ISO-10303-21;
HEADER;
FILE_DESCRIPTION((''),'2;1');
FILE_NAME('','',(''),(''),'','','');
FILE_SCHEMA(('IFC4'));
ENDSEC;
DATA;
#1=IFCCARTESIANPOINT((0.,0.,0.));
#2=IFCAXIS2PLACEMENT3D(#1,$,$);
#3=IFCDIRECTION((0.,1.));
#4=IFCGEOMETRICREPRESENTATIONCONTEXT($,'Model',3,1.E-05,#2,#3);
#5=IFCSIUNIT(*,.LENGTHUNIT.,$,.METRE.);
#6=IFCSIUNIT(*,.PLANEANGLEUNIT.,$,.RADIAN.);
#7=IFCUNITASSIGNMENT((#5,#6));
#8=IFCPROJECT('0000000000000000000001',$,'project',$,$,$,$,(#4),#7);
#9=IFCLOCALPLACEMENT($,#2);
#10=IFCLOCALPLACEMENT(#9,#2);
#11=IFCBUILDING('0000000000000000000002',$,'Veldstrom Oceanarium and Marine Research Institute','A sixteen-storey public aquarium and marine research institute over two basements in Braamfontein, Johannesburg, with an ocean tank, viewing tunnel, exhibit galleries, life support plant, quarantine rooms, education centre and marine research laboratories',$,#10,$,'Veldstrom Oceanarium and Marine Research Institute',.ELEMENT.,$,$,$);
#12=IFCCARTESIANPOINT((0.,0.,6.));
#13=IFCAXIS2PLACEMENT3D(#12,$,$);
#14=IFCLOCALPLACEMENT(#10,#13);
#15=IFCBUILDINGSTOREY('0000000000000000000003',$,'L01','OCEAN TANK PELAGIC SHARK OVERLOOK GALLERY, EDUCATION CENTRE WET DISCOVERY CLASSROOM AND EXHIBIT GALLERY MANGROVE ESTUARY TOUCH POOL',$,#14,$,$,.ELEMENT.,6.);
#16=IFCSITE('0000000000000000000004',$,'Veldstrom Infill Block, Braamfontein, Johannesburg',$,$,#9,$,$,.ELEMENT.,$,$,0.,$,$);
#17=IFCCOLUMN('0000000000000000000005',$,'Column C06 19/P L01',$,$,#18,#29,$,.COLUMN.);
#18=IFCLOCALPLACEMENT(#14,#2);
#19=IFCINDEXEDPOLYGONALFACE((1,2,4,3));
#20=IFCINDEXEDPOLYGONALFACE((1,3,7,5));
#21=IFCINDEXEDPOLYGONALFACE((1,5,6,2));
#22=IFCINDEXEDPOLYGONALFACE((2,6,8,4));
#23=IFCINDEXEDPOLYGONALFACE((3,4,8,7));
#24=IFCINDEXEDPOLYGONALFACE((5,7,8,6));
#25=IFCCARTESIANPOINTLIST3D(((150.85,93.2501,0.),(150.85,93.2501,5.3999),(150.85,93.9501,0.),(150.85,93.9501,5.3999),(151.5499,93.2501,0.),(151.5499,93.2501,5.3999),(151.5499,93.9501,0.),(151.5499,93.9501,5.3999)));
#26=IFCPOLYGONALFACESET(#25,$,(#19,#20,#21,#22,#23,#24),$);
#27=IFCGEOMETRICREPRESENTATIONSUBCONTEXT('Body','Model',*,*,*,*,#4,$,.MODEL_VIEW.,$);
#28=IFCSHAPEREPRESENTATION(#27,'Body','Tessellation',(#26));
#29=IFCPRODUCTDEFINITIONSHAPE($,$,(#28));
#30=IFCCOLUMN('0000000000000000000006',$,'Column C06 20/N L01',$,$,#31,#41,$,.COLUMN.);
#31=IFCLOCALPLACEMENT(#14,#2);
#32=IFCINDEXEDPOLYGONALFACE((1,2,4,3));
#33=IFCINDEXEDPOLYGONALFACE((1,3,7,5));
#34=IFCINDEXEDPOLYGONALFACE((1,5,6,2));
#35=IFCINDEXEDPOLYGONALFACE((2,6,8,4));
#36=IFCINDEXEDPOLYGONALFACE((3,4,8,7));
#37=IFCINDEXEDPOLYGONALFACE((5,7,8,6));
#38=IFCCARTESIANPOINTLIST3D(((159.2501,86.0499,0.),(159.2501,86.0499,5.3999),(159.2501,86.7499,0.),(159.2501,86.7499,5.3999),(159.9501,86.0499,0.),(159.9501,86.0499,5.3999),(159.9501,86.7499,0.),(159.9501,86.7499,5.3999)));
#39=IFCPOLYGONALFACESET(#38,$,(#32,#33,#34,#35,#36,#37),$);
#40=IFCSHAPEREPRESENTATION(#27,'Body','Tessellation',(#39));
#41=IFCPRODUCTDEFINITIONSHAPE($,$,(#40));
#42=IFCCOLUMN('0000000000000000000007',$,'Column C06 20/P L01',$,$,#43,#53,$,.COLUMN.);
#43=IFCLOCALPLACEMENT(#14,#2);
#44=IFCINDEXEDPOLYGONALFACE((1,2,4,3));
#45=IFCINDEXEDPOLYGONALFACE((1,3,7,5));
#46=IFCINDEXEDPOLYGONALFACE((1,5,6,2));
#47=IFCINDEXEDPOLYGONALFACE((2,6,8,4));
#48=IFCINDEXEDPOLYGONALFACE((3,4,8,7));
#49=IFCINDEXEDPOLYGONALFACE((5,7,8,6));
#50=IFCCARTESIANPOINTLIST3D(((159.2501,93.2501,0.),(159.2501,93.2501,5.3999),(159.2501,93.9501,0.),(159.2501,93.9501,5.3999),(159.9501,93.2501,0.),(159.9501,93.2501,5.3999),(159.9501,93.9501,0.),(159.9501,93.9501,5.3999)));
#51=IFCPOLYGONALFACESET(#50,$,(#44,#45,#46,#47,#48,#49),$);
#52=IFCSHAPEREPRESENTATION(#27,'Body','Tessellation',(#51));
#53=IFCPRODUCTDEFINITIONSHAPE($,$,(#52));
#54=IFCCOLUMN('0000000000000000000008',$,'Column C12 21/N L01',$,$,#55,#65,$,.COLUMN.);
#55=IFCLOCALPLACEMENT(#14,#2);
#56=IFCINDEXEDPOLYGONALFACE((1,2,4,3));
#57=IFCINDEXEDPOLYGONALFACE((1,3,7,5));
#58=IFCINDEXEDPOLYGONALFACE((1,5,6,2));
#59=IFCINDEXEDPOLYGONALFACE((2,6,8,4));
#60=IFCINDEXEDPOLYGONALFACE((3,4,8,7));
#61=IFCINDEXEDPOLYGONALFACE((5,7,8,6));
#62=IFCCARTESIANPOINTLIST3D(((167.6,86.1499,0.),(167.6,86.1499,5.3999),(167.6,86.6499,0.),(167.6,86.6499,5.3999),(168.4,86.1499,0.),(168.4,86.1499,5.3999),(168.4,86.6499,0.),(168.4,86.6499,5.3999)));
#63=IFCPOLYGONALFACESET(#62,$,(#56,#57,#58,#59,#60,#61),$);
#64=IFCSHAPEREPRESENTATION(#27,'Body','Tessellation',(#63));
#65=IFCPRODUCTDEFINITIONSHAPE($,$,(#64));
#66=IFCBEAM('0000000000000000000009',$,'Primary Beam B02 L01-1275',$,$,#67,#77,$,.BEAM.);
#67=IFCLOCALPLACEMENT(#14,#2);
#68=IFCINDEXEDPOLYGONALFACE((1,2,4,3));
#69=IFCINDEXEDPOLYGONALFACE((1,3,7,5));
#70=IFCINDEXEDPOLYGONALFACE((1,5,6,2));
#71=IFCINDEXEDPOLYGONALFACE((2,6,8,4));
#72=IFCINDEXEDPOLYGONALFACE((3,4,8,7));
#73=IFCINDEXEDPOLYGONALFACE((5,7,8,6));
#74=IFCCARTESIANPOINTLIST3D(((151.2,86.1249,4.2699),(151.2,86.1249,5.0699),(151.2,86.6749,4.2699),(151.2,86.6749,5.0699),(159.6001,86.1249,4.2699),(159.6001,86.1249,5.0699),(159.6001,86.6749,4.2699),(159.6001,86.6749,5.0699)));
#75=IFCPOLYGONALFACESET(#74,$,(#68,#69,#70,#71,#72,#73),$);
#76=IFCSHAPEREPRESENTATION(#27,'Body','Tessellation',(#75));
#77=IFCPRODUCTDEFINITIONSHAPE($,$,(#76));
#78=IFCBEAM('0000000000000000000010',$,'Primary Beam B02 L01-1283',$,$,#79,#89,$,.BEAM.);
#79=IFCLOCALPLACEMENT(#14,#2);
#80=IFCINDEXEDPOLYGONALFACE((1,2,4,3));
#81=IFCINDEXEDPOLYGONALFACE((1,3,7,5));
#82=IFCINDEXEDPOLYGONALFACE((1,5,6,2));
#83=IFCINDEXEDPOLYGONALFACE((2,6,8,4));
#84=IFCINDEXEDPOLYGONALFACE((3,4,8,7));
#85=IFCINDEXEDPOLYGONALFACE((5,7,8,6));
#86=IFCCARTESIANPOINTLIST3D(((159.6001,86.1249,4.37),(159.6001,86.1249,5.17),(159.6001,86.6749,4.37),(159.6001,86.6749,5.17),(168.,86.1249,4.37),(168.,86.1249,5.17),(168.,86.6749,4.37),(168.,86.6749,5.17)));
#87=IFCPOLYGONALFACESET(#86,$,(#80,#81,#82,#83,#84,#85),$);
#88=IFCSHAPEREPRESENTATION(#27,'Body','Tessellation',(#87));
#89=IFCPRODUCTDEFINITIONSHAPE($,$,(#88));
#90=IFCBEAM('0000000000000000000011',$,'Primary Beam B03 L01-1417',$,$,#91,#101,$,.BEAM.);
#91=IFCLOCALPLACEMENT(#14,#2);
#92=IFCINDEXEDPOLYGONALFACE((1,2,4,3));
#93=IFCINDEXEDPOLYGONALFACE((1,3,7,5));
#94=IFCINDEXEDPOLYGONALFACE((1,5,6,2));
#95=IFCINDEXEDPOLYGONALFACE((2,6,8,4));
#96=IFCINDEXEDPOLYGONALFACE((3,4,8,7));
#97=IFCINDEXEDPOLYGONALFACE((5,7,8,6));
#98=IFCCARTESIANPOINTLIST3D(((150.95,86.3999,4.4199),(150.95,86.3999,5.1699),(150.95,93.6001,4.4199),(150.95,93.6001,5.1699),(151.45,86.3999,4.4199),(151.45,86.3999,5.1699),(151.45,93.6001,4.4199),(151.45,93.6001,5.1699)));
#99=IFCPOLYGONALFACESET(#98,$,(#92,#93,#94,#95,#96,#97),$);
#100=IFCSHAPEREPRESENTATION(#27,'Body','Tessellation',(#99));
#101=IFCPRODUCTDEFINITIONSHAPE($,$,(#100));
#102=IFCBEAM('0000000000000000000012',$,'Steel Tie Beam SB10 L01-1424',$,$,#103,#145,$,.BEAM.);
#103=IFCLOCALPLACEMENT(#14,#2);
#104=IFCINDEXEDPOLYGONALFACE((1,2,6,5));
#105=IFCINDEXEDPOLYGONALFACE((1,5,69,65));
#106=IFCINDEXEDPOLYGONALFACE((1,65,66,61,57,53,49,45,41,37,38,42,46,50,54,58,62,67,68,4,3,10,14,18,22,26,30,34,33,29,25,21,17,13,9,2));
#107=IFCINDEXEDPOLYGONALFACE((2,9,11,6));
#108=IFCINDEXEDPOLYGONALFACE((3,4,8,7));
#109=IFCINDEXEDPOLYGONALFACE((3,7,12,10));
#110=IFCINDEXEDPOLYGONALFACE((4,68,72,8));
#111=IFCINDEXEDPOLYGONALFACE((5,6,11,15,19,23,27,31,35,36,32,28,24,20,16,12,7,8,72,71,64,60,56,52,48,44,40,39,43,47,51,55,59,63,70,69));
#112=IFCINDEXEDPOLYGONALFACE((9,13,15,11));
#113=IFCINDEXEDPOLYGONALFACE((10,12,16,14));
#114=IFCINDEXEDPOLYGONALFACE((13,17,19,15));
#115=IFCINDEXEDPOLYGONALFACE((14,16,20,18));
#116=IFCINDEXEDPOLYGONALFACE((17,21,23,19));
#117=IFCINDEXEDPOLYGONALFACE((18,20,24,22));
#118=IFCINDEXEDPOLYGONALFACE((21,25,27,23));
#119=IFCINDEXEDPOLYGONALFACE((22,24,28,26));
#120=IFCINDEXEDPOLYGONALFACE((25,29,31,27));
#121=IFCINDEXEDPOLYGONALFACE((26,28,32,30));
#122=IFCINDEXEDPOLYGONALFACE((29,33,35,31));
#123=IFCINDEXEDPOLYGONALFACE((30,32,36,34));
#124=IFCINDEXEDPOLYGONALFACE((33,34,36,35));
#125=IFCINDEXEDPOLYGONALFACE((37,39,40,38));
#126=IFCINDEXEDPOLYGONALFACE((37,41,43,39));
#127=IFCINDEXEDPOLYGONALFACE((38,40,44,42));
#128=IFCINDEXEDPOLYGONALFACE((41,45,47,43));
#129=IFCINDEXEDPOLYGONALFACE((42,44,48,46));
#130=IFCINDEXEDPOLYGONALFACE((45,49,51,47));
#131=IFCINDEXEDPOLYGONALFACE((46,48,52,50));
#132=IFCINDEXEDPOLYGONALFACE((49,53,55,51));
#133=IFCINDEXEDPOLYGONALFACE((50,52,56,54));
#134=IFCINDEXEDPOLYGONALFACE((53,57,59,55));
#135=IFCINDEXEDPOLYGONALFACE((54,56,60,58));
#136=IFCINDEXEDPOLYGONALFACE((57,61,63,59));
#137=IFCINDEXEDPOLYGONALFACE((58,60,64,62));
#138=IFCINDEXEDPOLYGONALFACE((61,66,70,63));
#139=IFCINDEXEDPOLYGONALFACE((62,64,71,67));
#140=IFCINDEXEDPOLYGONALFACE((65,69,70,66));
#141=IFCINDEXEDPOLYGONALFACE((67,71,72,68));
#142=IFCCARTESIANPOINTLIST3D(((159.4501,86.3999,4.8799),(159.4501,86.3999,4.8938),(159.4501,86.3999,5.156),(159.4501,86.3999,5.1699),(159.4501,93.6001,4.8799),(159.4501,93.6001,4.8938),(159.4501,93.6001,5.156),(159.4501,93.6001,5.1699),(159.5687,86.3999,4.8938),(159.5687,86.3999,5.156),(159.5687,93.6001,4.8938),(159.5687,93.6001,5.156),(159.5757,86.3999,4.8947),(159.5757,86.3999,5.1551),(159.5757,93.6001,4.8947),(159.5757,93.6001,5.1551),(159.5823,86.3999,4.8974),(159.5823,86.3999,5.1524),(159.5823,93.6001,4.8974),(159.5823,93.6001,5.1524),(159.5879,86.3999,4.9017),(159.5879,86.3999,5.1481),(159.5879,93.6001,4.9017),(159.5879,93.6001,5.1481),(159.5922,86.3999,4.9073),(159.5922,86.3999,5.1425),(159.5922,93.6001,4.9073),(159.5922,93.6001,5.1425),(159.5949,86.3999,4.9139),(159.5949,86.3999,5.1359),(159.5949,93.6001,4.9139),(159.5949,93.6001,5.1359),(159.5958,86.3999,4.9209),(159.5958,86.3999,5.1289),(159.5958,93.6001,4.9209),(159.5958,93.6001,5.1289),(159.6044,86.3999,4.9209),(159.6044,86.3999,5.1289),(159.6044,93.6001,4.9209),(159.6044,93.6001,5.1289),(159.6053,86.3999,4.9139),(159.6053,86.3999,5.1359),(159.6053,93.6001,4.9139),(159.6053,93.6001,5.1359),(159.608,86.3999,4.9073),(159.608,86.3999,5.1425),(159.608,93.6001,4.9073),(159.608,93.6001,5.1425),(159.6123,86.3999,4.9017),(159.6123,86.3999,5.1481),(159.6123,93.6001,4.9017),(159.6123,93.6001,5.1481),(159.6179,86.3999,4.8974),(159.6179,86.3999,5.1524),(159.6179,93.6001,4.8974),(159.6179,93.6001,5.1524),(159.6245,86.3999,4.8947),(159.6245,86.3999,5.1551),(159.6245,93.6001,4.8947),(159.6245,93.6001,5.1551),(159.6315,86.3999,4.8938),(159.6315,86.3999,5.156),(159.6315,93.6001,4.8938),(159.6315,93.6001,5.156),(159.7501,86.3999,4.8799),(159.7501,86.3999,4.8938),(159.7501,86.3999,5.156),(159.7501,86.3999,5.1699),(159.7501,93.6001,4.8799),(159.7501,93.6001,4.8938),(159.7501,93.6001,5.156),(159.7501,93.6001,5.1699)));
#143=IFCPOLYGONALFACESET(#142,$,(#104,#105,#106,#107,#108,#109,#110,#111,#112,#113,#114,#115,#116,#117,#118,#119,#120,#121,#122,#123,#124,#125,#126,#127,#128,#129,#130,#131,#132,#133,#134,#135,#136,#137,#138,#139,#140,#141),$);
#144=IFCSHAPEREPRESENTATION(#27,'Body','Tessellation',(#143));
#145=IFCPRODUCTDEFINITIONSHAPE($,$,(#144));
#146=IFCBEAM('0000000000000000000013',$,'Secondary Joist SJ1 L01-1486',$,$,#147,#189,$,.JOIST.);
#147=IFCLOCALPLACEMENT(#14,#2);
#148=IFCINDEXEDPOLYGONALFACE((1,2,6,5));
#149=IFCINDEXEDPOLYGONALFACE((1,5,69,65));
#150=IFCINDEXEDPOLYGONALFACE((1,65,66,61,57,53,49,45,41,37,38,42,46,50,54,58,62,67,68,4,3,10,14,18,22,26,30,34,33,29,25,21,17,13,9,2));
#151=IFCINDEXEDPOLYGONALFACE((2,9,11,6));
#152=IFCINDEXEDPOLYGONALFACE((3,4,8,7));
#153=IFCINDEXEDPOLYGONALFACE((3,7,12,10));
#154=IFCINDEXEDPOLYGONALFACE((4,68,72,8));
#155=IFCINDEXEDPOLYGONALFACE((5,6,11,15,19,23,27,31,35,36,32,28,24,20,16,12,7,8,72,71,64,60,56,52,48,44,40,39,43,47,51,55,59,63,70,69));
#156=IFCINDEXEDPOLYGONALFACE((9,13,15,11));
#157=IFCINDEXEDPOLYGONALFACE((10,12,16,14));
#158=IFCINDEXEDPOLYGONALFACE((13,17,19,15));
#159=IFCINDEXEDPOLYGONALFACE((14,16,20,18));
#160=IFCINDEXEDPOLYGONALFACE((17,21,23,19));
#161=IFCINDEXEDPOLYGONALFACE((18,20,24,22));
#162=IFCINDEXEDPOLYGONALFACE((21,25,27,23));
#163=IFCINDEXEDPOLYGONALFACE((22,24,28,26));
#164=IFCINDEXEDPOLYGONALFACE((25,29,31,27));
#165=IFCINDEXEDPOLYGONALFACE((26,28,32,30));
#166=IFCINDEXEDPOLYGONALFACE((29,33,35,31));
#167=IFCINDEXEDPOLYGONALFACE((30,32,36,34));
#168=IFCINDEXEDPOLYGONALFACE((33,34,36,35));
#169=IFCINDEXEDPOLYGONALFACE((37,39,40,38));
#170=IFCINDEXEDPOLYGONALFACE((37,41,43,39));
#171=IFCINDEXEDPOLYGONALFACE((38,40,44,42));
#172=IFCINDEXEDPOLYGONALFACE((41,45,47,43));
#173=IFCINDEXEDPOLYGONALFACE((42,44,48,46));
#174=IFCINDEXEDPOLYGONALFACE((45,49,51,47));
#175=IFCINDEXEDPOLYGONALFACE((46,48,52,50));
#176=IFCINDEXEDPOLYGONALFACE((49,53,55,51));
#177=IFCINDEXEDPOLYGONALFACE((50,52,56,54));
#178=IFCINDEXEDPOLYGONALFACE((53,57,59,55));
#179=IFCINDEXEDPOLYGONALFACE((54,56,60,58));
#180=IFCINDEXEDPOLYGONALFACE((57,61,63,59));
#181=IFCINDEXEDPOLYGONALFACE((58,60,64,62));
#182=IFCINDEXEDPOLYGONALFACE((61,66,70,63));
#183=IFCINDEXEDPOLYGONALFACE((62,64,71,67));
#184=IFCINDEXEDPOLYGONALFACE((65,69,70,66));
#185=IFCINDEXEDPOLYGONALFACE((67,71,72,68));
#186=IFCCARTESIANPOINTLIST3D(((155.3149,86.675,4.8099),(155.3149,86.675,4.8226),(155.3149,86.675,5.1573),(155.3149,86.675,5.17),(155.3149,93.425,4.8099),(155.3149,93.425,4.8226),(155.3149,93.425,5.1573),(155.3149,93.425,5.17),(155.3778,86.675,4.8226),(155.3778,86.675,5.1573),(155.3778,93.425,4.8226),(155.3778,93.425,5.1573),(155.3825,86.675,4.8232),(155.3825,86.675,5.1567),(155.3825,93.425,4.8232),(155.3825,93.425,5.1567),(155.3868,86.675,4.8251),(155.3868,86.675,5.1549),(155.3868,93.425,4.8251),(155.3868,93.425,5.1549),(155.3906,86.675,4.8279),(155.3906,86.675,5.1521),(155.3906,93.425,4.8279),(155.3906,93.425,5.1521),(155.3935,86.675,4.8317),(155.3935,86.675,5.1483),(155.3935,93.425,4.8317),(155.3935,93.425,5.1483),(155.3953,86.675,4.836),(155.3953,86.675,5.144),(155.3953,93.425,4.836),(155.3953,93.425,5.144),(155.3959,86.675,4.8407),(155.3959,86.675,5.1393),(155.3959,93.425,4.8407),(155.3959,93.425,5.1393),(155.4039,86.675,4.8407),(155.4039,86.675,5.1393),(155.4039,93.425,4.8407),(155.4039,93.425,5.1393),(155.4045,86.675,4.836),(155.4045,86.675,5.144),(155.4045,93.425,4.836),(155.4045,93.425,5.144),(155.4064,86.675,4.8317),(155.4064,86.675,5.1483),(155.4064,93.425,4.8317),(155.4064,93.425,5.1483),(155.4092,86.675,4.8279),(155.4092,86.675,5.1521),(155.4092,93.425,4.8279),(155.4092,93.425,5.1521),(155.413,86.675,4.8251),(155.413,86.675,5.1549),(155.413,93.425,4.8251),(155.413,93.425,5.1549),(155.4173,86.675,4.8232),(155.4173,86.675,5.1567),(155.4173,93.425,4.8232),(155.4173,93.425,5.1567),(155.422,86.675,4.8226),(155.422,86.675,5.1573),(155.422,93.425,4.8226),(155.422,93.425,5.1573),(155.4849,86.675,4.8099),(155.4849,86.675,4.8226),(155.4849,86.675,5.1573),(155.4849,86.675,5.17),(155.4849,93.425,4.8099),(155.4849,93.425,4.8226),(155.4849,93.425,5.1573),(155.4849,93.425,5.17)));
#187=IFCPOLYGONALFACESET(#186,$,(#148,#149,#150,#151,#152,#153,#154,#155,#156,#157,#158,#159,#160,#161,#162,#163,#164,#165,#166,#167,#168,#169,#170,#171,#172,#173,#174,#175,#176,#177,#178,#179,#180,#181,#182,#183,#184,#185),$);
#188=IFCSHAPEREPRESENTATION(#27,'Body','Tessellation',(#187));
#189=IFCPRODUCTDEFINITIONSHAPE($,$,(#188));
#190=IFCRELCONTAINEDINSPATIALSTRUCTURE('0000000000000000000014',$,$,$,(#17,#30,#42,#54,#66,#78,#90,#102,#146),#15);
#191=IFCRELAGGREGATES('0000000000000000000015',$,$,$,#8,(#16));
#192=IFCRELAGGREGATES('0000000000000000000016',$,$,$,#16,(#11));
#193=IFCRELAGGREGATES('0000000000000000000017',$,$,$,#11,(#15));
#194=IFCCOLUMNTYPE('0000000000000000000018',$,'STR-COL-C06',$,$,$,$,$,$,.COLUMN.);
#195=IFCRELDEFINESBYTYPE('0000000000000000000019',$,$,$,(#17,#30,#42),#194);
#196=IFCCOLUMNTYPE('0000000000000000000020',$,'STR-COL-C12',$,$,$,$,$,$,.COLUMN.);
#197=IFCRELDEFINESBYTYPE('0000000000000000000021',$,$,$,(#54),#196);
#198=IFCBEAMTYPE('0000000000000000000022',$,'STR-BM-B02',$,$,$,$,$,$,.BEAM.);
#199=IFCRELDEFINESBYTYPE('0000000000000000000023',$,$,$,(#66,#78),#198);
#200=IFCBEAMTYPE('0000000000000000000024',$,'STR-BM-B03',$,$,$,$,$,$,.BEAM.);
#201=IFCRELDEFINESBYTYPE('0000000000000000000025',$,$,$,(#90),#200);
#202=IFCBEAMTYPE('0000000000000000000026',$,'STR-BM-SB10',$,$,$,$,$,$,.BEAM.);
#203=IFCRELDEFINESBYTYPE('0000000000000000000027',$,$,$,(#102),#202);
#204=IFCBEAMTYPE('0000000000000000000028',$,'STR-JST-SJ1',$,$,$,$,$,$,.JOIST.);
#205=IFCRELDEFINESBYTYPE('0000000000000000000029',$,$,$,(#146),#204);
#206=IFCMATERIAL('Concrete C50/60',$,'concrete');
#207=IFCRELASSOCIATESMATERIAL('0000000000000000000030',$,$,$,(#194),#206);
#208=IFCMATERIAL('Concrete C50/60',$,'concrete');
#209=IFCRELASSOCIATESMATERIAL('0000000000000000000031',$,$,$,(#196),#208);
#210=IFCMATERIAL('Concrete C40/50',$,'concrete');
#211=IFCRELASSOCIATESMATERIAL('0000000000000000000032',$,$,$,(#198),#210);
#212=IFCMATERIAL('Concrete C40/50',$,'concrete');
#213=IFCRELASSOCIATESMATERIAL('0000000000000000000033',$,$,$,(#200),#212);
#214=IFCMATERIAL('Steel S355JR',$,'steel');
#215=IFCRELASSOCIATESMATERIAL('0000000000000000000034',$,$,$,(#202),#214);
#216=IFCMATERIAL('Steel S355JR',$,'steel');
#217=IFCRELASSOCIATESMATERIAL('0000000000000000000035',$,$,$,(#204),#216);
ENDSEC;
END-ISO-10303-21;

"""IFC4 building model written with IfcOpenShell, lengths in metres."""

from ifc_helpers import new_model, si_unit, direction, frame, origin, origin_2d, place, context, subcontext, project, spatial, rectangle, i_section, extrude, material, material_profile, profile_set, type_object, element, save


model = new_model("IFC4")

# Units and contexts
model_context = context("Model", 3, precision=1e-05, world=origin(), true_north=direction((0.0, 1.0)))
body_context = subcontext(model_context, "Body", "Model", "MODEL_VIEW")
ifc_project = project(units=[si_unit("LENGTHUNIT", "METRE"), si_unit("PLANEANGLEUNIT", "RADIAN")], contexts=[model_context])

# Site, building, storey
site_placement = place(None, origin())
site = spatial("IfcSite", under=ifc_project, at=site_placement, Name="Veldstrom Infill Block, Braamfontein, Johannesburg", CompositionType="ELEMENT", RefElevation=0.0)
building_placement = place(site_placement, origin())
building = spatial("IfcBuilding", under=site, at=building_placement, Name="Veldstrom Oceanarium and Marine Research Institute", Description="A sixteen-storey public aquarium and marine research institute over two basements in Braamfontein, Johannesburg, with an ocean tank, viewing tunnel, exhibit galleries, life support plant, quarantine rooms, education centre and marine research laboratories", LongName="Veldstrom Oceanarium and Marine Research Institute", CompositionType="ELEMENT")
storey_placement = place(building_placement, frame((0.0, 0.0, 6.0)))
storey = spatial("IfcBuildingStorey", under=building, at=storey_placement, Name="L01", Description="OCEAN TANK PELAGIC SHARK OVERLOOK GALLERY, EDUCATION CENTRE WET DISCOVERY CLASSROOM AND EXHIBIT GALLERY MANGROVE ESTUARY TOUCH POOL", CompositionType="ELEMENT", Elevation=6.0)

# Columns
ifc_material_1 = material(Name="Concrete C50/60", Category="concrete")
ifc_material_profile_1 = material_profile(ifc_material_1, rectangle(XDim=0.7, YDim=0.7, at=origin_2d()), Name="RC-COL-700x700")
ifc_profile_set_1 = profile_set([ifc_material_profile_1], Name="Concrete C50/60")
column_type_1 = type_object("IfcColumnType", Name="STR-COL-C06", PredefinedType="COLUMN", material=ifc_profile_set_1)
for number, where, z_axis, x_axis, name in (
    (1, (151.2, 93.6001, 0.0), (0.0, 0.0, 1.0), (1.0, 0.0, 0.0), "Column C06 19/P L01"),
    (2, (159.6001, 86.3999, 0.0), (0.0, 0.0, 1.0), (1.0, 0.0, 0.0), "Column C06 20/N L01"),
    (3, (159.6001, 93.6001, 0.0), (0.0, 0.0, 1.0), (1.0, 0.0, 0.0), "Column C06 20/P L01"),
):
    element("IfcColumn", number, at=place(storey_placement, frame(where, z_axis=z_axis, x_axis=x_axis)), inside=storey, type_object=column_type_1, Name=name, PredefinedType="COLUMN", context=body_context, shape_type="SweptSolid", body=[
        extrude(rectangle(XDim=0.7, YDim=0.7, at=origin_2d()), origin(), (0.0, 0.0, 1.0), 5.3999),
    ])
ifc_material_2 = material(Name="Concrete C50/60", Category="concrete")
ifc_material_profile_2 = material_profile(ifc_material_2, rectangle(XDim=0.5, YDim=0.8, at=origin_2d()), Name="RC-COL-800x500")
ifc_profile_set_2 = profile_set([ifc_material_profile_2], Name="Concrete C50/60")
column_type_2 = type_object("IfcColumnType", Name="STR-COL-C12", PredefinedType="COLUMN", material=ifc_profile_set_2)
column_placement = place(storey_placement, frame((168.0, 86.3999, 0.0), z_axis=(0.0, 0.0, 1.0), x_axis=(0.0, 1.0, 0.0)))
element("IfcColumn", 4, at=column_placement, inside=storey, type_object=column_type_2, Name="Column C12 21/N L01", PredefinedType="COLUMN", context=body_context, shape_type="SweptSolid", body=[
    extrude(rectangle(XDim=0.5, YDim=0.8, at=origin_2d()), origin(), (0.0, 0.0, 1.0), 5.3999),
])

# Beams
ifc_material_3 = material(Name="Concrete C40/50", Category="concrete")
ifc_material_profile_3 = material_profile(ifc_material_3, rectangle(XDim=0.55, YDim=0.8, at=origin_2d()), Name="RC-BM-550x800")
ifc_profile_set_3 = profile_set([ifc_material_profile_3], Name="Concrete C40/50")
beam_type_1 = type_object("IfcBeamType", Name="STR-BM-B02", PredefinedType="BEAM", material=ifc_profile_set_3)
beam_1_placement = place(storey_placement, frame((151.2, 86.3999, 4.6699), z_axis=(1.0, 0.0, 0.0), x_axis=(0.0, 1.0, 0.0)))
element("IfcBeam", 5, at=beam_1_placement, inside=storey, type_object=beam_type_1, Name="Primary Beam B02 L01-1275", PredefinedType="BEAM", context=body_context, shape_type="SweptSolid", body=[
    extrude(rectangle(XDim=0.55, YDim=0.8, at=origin_2d()), origin(), (0.0, 0.0, 1.0), 8.4001),
])
beam_2_placement = place(storey_placement, frame((159.6001, 86.3999, 4.77), z_axis=(1.0, 0.0, 0.0), x_axis=(0.0, 1.0, 0.0)))
element("IfcBeam", 6, at=beam_2_placement, inside=storey, type_object=beam_type_1, Name="Primary Beam B02 L01-1283", PredefinedType="BEAM", context=body_context, shape_type="SweptSolid", body=[
    extrude(rectangle(XDim=0.55, YDim=0.8, at=origin_2d()), origin(), (0.0, 0.0, 1.0), 8.3999),
])
ifc_material_4 = material(Name="Concrete C40/50", Category="concrete")
ifc_material_profile_4 = material_profile(ifc_material_4, rectangle(XDim=0.5, YDim=0.75, at=origin_2d()), Name="RC-BM-500x750")
ifc_profile_set_4 = profile_set([ifc_material_profile_4], Name="Concrete C40/50")
beam_type_2 = type_object("IfcBeamType", Name="STR-BM-B03", PredefinedType="BEAM", material=ifc_profile_set_4)
beam_3_placement = place(storey_placement, frame((151.2, 86.3999, 4.7949), z_axis=(0.0, 1.0, 0.0), x_axis=(-1.0, 0.0, 0.0)))
element("IfcBeam", 7, at=beam_3_placement, inside=storey, type_object=beam_type_2, Name="Primary Beam B03 L01-1417", PredefinedType="BEAM", context=body_context, shape_type="SweptSolid", body=[
    extrude(rectangle(XDim=0.5, YDim=0.75, at=origin_2d()), origin(), (0.0, 0.0, 1.0), 7.2002),
])
ifc_material_5 = material(Name="Steel S355JR", Category="steel")
ifc_material_profile_5 = material_profile(ifc_material_5, i_section(OverallWidth=0.3, OverallDepth=0.29, WebThickness=0.0085, FlangeThickness=0.0139, FilletRadius=0.0271, at=origin_2d()), Name="HEA 300")
ifc_profile_set_5 = profile_set([ifc_material_profile_5], Name="Steel S355JR")
beam_type_3 = type_object("IfcBeamType", Name="STR-BM-SB10", PredefinedType="BEAM", material=ifc_profile_set_5)
beam_4_placement = place(storey_placement, frame((159.6001, 86.3999, 5.0249), z_axis=(0.0, 1.0, 0.0), x_axis=(-1.0, 0.0, 0.0)))
element("IfcBeam", 8, at=beam_4_placement, inside=storey, type_object=beam_type_3, Name="Steel Tie Beam SB10 L01-1424", PredefinedType="BEAM", context=body_context, shape_type="SweptSolid", body=[
    extrude(i_section(OverallWidth=0.3, OverallDepth=0.29, WebThickness=0.0085, FlangeThickness=0.0139, FilletRadius=0.0271, at=origin_2d()), origin(), (0.0, 0.0, 1.0), 7.2002),
])
ifc_material_6 = material(Name="Steel S355JR", Category="steel")
ifc_material_profile_6 = material_profile(ifc_material_6, i_section(OverallWidth=0.1699, OverallDepth=0.3601, WebThickness=0.0081, FlangeThickness=0.0127, FilletRadius=0.0181, at=origin_2d()), Name="IPE 360")
ifc_profile_set_6 = profile_set([ifc_material_profile_6], Name="Steel S355JR")
beam_type_4 = type_object("IfcBeamType", Name="STR-JST-SJ1", PredefinedType="JOIST", material=ifc_profile_set_6)
beam_5_placement = place(storey_placement, frame((155.3999, 86.675, 4.99), z_axis=(0.0, 1.0, 0.0), x_axis=(-1.0, 0.0, 0.0)))
element("IfcBeam", 9, at=beam_5_placement, inside=storey, type_object=beam_type_4, Name="Secondary Joist SJ1 L01-1486", PredefinedType="JOIST", context=body_context, shape_type="SweptSolid", body=[
    extrude(i_section(OverallWidth=0.1699, OverallDepth=0.3601, WebThickness=0.0081, FlangeThickness=0.0127, FilletRadius=0.0181, at=origin_2d()), origin(), (0.0, 0.0, 1.0), 6.75),
])

save(model, "model.ifc")
